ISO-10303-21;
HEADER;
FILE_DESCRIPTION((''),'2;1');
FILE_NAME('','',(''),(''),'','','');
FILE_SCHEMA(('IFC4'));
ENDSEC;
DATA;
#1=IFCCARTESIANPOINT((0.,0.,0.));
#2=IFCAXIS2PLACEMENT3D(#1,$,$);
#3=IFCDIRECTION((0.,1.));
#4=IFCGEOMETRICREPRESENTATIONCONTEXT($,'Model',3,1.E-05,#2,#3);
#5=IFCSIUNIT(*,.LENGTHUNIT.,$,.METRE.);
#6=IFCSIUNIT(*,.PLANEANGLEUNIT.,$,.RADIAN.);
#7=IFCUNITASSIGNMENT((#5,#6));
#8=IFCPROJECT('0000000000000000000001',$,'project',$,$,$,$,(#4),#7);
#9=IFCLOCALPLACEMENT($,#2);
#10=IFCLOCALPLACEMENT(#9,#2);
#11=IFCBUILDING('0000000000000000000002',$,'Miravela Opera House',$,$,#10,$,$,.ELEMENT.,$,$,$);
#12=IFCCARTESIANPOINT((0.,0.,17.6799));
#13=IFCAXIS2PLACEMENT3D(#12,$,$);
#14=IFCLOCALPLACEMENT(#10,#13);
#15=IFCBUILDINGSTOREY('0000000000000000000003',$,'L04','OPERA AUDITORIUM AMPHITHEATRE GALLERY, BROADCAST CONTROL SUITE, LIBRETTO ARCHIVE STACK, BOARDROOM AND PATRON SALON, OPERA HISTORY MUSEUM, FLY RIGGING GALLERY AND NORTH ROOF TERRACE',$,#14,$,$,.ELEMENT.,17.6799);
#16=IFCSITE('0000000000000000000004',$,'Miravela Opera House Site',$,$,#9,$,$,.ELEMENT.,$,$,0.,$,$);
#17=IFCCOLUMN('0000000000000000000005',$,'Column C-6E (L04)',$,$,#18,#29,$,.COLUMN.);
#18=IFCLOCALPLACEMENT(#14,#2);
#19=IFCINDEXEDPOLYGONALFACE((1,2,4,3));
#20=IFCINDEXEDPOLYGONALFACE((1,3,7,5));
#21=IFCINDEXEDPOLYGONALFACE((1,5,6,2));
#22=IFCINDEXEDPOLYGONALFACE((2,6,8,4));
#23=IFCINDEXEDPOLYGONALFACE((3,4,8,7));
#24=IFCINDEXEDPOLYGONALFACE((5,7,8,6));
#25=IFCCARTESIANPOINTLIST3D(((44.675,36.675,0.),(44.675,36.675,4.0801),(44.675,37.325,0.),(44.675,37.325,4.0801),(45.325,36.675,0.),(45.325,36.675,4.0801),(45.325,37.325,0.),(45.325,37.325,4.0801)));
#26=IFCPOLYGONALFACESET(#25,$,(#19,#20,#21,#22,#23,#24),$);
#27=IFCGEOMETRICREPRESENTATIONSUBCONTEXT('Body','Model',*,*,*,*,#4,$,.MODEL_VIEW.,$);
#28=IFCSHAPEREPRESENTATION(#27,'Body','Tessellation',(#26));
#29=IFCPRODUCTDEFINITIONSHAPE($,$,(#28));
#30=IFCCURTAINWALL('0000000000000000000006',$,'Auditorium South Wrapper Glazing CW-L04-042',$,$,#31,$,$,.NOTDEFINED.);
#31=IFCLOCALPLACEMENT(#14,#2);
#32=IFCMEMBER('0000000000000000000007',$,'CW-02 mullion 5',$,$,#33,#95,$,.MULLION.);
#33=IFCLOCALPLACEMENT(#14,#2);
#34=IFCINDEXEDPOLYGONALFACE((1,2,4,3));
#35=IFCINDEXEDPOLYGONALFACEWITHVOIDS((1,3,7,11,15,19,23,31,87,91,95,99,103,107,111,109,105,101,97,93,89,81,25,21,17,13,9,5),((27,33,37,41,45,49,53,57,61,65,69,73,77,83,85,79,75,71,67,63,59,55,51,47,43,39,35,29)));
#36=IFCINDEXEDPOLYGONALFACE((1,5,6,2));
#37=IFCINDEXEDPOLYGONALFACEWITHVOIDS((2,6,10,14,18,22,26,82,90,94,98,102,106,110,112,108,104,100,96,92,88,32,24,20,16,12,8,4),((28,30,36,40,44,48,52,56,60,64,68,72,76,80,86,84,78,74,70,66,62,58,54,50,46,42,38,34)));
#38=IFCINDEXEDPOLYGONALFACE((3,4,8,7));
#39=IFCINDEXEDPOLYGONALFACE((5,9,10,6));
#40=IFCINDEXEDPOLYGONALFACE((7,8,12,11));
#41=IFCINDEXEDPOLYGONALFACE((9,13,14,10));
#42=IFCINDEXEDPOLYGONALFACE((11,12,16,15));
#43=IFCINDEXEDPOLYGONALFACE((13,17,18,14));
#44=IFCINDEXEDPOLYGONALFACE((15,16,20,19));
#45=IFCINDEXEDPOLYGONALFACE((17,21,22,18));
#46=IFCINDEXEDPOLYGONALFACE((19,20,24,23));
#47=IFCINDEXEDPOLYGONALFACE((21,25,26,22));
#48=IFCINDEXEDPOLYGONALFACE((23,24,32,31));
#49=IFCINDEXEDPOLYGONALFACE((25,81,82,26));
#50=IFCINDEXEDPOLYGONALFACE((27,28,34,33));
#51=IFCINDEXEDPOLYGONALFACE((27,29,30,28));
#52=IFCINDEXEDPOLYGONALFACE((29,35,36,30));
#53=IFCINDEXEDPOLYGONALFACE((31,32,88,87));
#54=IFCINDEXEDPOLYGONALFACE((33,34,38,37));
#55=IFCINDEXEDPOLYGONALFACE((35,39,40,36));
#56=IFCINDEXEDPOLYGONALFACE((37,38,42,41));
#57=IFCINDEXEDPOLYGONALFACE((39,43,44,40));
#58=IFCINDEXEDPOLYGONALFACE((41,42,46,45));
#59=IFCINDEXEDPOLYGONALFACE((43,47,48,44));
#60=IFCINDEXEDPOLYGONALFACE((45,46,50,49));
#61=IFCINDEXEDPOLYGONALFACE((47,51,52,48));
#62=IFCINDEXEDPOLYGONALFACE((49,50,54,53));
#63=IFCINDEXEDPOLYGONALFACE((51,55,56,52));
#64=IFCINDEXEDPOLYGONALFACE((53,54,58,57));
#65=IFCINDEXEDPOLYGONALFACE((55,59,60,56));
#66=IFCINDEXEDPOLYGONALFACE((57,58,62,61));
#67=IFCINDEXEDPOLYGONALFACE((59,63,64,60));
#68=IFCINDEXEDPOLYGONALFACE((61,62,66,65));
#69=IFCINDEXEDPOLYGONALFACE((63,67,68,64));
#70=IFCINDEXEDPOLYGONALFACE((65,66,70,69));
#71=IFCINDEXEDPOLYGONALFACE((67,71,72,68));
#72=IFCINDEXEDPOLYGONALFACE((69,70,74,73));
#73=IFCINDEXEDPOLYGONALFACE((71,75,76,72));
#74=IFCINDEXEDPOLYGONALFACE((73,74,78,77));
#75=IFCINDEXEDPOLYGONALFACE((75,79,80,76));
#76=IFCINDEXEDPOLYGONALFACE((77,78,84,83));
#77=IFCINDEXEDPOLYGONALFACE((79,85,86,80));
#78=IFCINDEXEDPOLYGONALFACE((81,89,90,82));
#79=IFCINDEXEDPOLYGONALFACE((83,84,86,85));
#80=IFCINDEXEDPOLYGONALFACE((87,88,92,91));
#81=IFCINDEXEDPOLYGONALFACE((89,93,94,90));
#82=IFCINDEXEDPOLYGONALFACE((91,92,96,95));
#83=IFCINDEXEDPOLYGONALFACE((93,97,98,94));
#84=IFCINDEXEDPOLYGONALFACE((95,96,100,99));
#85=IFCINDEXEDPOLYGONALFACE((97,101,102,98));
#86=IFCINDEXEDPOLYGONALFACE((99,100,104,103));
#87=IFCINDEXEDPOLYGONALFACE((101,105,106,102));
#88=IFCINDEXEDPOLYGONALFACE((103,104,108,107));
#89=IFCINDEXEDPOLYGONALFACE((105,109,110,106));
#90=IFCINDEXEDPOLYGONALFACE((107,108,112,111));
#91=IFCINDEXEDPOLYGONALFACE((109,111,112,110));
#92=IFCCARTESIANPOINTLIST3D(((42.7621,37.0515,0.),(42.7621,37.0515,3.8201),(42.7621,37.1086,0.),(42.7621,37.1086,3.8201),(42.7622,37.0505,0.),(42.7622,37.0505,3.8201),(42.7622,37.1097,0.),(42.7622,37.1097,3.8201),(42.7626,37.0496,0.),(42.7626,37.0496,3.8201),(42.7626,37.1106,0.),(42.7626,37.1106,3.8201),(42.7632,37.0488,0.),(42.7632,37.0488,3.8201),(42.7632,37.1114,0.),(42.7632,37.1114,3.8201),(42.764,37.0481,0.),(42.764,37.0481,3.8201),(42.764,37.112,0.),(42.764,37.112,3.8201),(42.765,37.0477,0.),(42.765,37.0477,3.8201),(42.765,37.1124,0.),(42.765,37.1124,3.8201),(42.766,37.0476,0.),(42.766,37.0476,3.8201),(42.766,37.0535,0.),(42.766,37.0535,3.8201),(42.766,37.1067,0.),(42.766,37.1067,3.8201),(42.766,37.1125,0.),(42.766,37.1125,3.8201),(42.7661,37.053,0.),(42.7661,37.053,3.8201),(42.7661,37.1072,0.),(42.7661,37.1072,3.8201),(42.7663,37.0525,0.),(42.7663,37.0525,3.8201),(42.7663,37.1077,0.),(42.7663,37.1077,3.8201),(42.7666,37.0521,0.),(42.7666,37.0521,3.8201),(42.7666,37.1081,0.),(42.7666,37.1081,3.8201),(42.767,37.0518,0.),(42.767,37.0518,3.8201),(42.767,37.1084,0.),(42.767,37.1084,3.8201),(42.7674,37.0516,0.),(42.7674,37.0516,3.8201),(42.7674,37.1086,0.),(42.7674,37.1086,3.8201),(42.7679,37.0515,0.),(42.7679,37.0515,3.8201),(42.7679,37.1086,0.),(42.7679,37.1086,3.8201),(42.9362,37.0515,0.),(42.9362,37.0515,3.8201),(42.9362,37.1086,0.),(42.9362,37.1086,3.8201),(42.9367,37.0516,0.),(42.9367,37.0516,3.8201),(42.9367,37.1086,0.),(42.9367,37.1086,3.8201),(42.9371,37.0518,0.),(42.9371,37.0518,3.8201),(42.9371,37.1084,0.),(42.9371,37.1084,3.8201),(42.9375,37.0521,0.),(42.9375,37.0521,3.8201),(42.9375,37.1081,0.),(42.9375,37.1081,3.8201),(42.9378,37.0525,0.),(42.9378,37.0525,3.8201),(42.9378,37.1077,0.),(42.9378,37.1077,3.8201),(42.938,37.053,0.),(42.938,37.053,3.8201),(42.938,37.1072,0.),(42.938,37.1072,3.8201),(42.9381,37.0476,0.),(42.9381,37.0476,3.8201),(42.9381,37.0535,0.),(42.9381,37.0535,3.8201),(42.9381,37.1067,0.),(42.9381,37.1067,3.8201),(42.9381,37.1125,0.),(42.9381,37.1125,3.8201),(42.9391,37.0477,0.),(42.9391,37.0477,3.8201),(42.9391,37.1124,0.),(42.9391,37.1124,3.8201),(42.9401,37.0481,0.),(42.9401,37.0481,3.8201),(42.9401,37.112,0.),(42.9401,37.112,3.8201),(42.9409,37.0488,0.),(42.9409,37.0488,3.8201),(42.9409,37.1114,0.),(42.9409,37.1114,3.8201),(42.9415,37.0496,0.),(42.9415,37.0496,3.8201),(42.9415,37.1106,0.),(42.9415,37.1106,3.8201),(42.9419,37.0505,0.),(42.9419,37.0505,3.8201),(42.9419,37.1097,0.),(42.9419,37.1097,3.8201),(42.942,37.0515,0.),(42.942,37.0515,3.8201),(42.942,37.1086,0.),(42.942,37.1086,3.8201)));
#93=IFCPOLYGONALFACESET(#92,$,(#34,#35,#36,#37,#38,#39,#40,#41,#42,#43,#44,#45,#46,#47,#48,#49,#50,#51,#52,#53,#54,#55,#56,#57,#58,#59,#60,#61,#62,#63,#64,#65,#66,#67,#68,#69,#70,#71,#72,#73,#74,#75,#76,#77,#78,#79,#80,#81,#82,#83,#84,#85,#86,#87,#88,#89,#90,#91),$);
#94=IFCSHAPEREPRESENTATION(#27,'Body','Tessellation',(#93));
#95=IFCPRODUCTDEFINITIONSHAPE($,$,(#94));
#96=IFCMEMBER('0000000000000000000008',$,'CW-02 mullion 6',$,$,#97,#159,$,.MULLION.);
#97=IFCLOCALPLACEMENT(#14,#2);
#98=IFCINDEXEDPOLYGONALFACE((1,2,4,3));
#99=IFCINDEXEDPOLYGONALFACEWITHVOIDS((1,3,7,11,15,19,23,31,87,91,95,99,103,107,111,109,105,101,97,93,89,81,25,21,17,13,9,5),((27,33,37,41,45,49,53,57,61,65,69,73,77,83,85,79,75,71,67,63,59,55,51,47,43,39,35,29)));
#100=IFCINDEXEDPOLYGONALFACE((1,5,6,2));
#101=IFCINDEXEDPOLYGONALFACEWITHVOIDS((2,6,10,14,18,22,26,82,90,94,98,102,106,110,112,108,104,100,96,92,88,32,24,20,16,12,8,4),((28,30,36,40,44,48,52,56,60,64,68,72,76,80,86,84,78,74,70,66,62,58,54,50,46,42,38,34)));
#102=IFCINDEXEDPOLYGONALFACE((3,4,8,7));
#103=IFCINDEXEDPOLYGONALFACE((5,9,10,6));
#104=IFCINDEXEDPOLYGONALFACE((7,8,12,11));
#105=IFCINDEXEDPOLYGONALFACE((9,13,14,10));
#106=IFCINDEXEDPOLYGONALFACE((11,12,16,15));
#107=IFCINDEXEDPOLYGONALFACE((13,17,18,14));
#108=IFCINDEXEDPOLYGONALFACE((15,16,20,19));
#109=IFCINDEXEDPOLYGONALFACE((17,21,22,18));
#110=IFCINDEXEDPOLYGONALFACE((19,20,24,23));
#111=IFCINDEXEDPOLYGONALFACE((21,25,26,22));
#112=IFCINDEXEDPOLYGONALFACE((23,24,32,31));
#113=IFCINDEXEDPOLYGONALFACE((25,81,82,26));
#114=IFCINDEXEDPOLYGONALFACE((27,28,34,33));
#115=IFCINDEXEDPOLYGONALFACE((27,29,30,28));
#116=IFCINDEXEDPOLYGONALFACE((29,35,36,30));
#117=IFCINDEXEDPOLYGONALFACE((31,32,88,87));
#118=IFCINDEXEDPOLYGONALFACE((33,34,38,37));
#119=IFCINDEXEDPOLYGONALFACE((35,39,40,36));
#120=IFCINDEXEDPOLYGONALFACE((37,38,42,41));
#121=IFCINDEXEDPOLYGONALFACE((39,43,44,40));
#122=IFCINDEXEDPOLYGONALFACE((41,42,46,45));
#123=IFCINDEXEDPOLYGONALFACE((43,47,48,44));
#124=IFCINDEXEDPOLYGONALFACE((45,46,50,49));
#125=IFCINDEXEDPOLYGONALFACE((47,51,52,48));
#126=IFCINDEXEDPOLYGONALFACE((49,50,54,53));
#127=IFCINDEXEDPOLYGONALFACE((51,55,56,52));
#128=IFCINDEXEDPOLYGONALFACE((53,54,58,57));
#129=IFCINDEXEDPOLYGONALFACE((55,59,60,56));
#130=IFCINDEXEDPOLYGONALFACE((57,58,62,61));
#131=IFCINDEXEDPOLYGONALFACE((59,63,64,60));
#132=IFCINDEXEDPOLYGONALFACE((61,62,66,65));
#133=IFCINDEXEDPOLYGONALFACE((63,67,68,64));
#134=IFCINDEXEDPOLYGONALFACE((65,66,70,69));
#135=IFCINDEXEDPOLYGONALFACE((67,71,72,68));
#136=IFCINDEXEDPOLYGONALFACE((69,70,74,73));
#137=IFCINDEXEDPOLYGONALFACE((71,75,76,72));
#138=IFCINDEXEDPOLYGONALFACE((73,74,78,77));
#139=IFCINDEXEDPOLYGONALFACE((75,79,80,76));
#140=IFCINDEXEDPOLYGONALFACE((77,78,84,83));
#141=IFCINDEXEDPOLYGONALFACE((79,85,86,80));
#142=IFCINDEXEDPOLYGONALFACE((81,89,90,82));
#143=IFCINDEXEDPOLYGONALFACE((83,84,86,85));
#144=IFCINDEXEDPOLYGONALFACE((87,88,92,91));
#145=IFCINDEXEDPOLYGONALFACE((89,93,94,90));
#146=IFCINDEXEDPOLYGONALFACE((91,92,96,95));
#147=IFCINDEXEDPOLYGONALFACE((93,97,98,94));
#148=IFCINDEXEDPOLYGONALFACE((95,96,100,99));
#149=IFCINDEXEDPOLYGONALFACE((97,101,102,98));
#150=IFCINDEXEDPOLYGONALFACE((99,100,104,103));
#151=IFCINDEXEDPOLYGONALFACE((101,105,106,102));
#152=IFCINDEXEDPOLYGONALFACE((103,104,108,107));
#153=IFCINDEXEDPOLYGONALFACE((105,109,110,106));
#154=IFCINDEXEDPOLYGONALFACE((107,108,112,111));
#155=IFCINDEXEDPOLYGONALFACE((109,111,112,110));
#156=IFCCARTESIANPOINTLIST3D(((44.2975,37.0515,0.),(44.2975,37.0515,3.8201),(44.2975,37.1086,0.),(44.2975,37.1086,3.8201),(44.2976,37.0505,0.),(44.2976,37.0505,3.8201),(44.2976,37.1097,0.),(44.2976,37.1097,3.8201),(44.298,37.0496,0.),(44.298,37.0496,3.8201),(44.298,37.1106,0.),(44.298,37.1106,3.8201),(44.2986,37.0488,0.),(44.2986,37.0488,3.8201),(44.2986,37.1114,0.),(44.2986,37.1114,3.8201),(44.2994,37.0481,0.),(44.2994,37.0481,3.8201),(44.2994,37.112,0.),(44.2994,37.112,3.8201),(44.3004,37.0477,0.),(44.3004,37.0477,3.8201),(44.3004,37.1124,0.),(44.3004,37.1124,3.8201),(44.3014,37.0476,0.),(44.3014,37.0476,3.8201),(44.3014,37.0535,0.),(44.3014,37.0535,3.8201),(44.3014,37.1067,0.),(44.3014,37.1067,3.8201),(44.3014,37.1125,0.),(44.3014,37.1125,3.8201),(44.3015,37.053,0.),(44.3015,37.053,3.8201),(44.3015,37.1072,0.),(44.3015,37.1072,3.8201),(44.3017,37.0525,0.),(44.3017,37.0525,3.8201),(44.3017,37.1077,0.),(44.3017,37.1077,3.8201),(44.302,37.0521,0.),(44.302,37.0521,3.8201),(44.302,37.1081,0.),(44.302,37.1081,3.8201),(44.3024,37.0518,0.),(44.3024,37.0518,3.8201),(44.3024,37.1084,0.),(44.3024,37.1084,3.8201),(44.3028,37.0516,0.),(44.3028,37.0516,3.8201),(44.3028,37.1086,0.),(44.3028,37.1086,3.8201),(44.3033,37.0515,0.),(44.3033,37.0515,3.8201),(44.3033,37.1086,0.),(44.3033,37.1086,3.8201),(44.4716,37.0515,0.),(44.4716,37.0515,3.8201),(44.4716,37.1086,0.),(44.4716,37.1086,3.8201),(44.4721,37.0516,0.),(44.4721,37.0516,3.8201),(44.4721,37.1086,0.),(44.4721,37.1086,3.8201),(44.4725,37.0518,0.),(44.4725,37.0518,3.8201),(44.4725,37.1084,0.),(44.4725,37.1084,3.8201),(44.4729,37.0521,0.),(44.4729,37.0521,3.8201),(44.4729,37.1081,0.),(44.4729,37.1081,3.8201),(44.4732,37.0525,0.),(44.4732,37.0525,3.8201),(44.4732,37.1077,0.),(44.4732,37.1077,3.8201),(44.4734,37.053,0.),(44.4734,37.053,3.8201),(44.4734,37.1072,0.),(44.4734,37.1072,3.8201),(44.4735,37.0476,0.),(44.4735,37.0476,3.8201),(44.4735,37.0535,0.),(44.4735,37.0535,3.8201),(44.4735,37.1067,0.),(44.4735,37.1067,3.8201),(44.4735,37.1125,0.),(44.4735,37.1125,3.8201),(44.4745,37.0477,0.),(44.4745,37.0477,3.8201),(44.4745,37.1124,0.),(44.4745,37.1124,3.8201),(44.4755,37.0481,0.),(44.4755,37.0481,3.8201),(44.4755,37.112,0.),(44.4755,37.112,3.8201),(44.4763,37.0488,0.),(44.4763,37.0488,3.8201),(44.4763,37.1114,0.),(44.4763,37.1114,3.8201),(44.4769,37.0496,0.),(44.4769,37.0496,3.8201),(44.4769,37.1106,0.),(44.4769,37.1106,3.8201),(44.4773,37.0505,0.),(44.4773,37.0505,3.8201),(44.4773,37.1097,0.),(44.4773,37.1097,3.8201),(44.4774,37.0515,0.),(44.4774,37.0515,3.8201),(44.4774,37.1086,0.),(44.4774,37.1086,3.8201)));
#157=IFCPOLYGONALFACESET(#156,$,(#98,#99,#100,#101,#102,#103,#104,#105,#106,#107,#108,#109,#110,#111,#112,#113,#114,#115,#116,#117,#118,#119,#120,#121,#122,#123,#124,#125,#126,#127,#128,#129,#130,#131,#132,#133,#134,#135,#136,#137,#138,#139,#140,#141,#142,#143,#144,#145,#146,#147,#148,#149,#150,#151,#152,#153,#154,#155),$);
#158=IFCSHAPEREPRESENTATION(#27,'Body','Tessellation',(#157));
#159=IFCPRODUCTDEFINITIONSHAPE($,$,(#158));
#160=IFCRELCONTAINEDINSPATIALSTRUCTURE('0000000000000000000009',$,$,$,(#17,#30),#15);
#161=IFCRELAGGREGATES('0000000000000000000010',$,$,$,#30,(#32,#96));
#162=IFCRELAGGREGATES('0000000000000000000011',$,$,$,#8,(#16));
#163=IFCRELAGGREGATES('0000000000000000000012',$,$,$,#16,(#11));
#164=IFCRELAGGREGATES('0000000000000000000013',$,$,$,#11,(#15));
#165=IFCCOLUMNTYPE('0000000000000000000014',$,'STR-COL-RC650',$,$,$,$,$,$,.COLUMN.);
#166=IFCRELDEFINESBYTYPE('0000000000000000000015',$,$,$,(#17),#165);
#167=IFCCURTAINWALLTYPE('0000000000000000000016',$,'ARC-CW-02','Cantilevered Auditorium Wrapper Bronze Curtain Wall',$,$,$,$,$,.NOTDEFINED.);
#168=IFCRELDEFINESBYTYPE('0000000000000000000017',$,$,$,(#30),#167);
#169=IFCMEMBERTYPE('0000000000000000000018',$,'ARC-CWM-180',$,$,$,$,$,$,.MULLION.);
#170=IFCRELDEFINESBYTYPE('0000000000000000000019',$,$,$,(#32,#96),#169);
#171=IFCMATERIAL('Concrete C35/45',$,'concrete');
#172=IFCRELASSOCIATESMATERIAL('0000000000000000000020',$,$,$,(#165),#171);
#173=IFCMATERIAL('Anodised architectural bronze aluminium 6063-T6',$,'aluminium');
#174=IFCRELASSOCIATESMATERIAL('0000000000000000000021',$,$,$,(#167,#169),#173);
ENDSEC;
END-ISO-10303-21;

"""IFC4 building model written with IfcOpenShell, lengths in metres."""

from ifc_helpers import new_model, si_unit, direction, frame, origin, origin_2d, place, context, subcontext, project, spatial, rectangle, hollow_rectangle, extrude, material, material_profile, profile_set, type_object, element, aggregate, save


model = new_model("IFC4")

# Units and contexts
model_context = context("Model", 3, precision=1e-05, world=origin(), true_north=direction((0.0, 1.0)))
body_context = subcontext(model_context, "Body", "Model", "MODEL_VIEW")
ifc_project = project(units=[si_unit("LENGTHUNIT", "METRE"), si_unit("PLANEANGLEUNIT", "RADIAN")], contexts=[model_context])

# Site, building, storey
site_placement = place(None, origin())
site = spatial("IfcSite", under=ifc_project, at=site_placement, Name="Miravela Opera House Site", CompositionType="ELEMENT", RefElevation=0.0)
building_placement = place(site_placement, origin())
building = spatial("IfcBuilding", under=site, at=building_placement, Name="Miravela Opera House", CompositionType="ELEMENT")
storey_placement = place(building_placement, frame((0.0, 0.0, 17.6799)))
storey = spatial("IfcBuildingStorey", under=building, at=storey_placement, Name="L04", Description="OPERA AUDITORIUM AMPHITHEATRE GALLERY, BROADCAST CONTROL SUITE, LIBRETTO ARCHIVE STACK, BOARDROOM AND PATRON SALON, OPERA HISTORY MUSEUM, FLY RIGGING GALLERY AND NORTH ROOF TERRACE", CompositionType="ELEMENT", Elevation=17.6799)

# Column
ifc_material_1 = material(Name="Concrete C35/45", Category="concrete")
ifc_material_profile_1 = material_profile(ifc_material_1, rectangle(XDim=0.6499, YDim=0.6499, at=origin_2d()), Name="RC-COL-650X650")
ifc_profile_set_1 = profile_set([ifc_material_profile_1])
column_type = type_object("IfcColumnType", Name="STR-COL-RC650", PredefinedType="COLUMN", material=ifc_profile_set_1)
column_placement = place(storey_placement, frame((45.0, 37.0, 0.0), z_axis=(0.0, 0.0, 1.0), x_axis=(1.0, 0.0, 0.0)))
element("IfcColumn", 1, at=column_placement, inside=storey, type_object=column_type, Name="Column C-6E (L04)", PredefinedType="COLUMN", context=body_context, shape_type="SweptSolid", body=[
    extrude(rectangle(XDim=0.6499, YDim=0.6499, at=origin_2d()), origin(), (0.0, 0.0, 1.0), 4.0801),
])

# Curtain wall, members
ifc_material_2 = material(Name="Anodised architectural bronze aluminium 6063-T6", Category="aluminium")
curtain_wall_type = type_object("IfcCurtainWallType", Name="ARC-CW-02", Description="Cantilevered Auditorium Wrapper Bronze Curtain Wall", PredefinedType="NOTDEFINED", material=ifc_material_2)
curtain_wall_1_placement = place(storey_placement, origin())
curtain_wall_1 = element("IfcCurtainWall", 2, at=curtain_wall_1_placement, inside=storey, type_object=curtain_wall_type, Name="Auditorium South Wrapper Glazing CW-L04-042", PredefinedType="NOTDEFINED")
ifc_material_profile_2 = material_profile(ifc_material_2, hollow_rectangle(XDim=0.0649, YDim=0.1799, WallThickness=0.0039, InnerFilletRadius=0.002, OuterFilletRadius=0.0039, at=origin_2d()), Name="CWM-65X180")
ifc_profile_set_2 = profile_set([ifc_material_profile_2])
member_type_1 = type_object("IfcMemberType", Name="ARC-CWM-180", PredefinedType="MULLION", material=ifc_profile_set_2)
member_1_placement = place(storey_placement, frame((42.8521, 37.0801, 0.0), z_axis=(0.0, 0.0, 1.0), x_axis=(0.0, 1.0, 0.0)))
member_1 = element("IfcMember", 3, at=member_1_placement, type_object=member_type_1, Name="CW-02 mullion 5", PredefinedType="MULLION", context=body_context, shape_type="SweptSolid", body=[
    extrude(hollow_rectangle(XDim=0.0649, YDim=0.1799, WallThickness=0.0039, InnerFilletRadius=0.002, OuterFilletRadius=0.0039, at=origin_2d()), origin(), (0.0, 0.0, 1.0), 3.8201),
])
member_2_placement = place(storey_placement, frame((44.3875, 37.0801, 0.0), z_axis=(0.0, 0.0, 1.0), x_axis=(0.0, 1.0, 0.0)))
member_2 = element("IfcMember", 4, at=member_2_placement, type_object=member_type_1, Name="CW-02 mullion 6", PredefinedType="MULLION", context=body_context, shape_type="SweptSolid", body=[
    extrude(hollow_rectangle(XDim=0.0649, YDim=0.1799, WallThickness=0.0039, InnerFilletRadius=0.002, OuterFilletRadius=0.0039, at=origin_2d()), origin(), (0.0, 0.0, 1.0), 3.8201),
])

aggregate(curtain_wall_1, [member_1, member_2])

save(model, "model.ifc")
